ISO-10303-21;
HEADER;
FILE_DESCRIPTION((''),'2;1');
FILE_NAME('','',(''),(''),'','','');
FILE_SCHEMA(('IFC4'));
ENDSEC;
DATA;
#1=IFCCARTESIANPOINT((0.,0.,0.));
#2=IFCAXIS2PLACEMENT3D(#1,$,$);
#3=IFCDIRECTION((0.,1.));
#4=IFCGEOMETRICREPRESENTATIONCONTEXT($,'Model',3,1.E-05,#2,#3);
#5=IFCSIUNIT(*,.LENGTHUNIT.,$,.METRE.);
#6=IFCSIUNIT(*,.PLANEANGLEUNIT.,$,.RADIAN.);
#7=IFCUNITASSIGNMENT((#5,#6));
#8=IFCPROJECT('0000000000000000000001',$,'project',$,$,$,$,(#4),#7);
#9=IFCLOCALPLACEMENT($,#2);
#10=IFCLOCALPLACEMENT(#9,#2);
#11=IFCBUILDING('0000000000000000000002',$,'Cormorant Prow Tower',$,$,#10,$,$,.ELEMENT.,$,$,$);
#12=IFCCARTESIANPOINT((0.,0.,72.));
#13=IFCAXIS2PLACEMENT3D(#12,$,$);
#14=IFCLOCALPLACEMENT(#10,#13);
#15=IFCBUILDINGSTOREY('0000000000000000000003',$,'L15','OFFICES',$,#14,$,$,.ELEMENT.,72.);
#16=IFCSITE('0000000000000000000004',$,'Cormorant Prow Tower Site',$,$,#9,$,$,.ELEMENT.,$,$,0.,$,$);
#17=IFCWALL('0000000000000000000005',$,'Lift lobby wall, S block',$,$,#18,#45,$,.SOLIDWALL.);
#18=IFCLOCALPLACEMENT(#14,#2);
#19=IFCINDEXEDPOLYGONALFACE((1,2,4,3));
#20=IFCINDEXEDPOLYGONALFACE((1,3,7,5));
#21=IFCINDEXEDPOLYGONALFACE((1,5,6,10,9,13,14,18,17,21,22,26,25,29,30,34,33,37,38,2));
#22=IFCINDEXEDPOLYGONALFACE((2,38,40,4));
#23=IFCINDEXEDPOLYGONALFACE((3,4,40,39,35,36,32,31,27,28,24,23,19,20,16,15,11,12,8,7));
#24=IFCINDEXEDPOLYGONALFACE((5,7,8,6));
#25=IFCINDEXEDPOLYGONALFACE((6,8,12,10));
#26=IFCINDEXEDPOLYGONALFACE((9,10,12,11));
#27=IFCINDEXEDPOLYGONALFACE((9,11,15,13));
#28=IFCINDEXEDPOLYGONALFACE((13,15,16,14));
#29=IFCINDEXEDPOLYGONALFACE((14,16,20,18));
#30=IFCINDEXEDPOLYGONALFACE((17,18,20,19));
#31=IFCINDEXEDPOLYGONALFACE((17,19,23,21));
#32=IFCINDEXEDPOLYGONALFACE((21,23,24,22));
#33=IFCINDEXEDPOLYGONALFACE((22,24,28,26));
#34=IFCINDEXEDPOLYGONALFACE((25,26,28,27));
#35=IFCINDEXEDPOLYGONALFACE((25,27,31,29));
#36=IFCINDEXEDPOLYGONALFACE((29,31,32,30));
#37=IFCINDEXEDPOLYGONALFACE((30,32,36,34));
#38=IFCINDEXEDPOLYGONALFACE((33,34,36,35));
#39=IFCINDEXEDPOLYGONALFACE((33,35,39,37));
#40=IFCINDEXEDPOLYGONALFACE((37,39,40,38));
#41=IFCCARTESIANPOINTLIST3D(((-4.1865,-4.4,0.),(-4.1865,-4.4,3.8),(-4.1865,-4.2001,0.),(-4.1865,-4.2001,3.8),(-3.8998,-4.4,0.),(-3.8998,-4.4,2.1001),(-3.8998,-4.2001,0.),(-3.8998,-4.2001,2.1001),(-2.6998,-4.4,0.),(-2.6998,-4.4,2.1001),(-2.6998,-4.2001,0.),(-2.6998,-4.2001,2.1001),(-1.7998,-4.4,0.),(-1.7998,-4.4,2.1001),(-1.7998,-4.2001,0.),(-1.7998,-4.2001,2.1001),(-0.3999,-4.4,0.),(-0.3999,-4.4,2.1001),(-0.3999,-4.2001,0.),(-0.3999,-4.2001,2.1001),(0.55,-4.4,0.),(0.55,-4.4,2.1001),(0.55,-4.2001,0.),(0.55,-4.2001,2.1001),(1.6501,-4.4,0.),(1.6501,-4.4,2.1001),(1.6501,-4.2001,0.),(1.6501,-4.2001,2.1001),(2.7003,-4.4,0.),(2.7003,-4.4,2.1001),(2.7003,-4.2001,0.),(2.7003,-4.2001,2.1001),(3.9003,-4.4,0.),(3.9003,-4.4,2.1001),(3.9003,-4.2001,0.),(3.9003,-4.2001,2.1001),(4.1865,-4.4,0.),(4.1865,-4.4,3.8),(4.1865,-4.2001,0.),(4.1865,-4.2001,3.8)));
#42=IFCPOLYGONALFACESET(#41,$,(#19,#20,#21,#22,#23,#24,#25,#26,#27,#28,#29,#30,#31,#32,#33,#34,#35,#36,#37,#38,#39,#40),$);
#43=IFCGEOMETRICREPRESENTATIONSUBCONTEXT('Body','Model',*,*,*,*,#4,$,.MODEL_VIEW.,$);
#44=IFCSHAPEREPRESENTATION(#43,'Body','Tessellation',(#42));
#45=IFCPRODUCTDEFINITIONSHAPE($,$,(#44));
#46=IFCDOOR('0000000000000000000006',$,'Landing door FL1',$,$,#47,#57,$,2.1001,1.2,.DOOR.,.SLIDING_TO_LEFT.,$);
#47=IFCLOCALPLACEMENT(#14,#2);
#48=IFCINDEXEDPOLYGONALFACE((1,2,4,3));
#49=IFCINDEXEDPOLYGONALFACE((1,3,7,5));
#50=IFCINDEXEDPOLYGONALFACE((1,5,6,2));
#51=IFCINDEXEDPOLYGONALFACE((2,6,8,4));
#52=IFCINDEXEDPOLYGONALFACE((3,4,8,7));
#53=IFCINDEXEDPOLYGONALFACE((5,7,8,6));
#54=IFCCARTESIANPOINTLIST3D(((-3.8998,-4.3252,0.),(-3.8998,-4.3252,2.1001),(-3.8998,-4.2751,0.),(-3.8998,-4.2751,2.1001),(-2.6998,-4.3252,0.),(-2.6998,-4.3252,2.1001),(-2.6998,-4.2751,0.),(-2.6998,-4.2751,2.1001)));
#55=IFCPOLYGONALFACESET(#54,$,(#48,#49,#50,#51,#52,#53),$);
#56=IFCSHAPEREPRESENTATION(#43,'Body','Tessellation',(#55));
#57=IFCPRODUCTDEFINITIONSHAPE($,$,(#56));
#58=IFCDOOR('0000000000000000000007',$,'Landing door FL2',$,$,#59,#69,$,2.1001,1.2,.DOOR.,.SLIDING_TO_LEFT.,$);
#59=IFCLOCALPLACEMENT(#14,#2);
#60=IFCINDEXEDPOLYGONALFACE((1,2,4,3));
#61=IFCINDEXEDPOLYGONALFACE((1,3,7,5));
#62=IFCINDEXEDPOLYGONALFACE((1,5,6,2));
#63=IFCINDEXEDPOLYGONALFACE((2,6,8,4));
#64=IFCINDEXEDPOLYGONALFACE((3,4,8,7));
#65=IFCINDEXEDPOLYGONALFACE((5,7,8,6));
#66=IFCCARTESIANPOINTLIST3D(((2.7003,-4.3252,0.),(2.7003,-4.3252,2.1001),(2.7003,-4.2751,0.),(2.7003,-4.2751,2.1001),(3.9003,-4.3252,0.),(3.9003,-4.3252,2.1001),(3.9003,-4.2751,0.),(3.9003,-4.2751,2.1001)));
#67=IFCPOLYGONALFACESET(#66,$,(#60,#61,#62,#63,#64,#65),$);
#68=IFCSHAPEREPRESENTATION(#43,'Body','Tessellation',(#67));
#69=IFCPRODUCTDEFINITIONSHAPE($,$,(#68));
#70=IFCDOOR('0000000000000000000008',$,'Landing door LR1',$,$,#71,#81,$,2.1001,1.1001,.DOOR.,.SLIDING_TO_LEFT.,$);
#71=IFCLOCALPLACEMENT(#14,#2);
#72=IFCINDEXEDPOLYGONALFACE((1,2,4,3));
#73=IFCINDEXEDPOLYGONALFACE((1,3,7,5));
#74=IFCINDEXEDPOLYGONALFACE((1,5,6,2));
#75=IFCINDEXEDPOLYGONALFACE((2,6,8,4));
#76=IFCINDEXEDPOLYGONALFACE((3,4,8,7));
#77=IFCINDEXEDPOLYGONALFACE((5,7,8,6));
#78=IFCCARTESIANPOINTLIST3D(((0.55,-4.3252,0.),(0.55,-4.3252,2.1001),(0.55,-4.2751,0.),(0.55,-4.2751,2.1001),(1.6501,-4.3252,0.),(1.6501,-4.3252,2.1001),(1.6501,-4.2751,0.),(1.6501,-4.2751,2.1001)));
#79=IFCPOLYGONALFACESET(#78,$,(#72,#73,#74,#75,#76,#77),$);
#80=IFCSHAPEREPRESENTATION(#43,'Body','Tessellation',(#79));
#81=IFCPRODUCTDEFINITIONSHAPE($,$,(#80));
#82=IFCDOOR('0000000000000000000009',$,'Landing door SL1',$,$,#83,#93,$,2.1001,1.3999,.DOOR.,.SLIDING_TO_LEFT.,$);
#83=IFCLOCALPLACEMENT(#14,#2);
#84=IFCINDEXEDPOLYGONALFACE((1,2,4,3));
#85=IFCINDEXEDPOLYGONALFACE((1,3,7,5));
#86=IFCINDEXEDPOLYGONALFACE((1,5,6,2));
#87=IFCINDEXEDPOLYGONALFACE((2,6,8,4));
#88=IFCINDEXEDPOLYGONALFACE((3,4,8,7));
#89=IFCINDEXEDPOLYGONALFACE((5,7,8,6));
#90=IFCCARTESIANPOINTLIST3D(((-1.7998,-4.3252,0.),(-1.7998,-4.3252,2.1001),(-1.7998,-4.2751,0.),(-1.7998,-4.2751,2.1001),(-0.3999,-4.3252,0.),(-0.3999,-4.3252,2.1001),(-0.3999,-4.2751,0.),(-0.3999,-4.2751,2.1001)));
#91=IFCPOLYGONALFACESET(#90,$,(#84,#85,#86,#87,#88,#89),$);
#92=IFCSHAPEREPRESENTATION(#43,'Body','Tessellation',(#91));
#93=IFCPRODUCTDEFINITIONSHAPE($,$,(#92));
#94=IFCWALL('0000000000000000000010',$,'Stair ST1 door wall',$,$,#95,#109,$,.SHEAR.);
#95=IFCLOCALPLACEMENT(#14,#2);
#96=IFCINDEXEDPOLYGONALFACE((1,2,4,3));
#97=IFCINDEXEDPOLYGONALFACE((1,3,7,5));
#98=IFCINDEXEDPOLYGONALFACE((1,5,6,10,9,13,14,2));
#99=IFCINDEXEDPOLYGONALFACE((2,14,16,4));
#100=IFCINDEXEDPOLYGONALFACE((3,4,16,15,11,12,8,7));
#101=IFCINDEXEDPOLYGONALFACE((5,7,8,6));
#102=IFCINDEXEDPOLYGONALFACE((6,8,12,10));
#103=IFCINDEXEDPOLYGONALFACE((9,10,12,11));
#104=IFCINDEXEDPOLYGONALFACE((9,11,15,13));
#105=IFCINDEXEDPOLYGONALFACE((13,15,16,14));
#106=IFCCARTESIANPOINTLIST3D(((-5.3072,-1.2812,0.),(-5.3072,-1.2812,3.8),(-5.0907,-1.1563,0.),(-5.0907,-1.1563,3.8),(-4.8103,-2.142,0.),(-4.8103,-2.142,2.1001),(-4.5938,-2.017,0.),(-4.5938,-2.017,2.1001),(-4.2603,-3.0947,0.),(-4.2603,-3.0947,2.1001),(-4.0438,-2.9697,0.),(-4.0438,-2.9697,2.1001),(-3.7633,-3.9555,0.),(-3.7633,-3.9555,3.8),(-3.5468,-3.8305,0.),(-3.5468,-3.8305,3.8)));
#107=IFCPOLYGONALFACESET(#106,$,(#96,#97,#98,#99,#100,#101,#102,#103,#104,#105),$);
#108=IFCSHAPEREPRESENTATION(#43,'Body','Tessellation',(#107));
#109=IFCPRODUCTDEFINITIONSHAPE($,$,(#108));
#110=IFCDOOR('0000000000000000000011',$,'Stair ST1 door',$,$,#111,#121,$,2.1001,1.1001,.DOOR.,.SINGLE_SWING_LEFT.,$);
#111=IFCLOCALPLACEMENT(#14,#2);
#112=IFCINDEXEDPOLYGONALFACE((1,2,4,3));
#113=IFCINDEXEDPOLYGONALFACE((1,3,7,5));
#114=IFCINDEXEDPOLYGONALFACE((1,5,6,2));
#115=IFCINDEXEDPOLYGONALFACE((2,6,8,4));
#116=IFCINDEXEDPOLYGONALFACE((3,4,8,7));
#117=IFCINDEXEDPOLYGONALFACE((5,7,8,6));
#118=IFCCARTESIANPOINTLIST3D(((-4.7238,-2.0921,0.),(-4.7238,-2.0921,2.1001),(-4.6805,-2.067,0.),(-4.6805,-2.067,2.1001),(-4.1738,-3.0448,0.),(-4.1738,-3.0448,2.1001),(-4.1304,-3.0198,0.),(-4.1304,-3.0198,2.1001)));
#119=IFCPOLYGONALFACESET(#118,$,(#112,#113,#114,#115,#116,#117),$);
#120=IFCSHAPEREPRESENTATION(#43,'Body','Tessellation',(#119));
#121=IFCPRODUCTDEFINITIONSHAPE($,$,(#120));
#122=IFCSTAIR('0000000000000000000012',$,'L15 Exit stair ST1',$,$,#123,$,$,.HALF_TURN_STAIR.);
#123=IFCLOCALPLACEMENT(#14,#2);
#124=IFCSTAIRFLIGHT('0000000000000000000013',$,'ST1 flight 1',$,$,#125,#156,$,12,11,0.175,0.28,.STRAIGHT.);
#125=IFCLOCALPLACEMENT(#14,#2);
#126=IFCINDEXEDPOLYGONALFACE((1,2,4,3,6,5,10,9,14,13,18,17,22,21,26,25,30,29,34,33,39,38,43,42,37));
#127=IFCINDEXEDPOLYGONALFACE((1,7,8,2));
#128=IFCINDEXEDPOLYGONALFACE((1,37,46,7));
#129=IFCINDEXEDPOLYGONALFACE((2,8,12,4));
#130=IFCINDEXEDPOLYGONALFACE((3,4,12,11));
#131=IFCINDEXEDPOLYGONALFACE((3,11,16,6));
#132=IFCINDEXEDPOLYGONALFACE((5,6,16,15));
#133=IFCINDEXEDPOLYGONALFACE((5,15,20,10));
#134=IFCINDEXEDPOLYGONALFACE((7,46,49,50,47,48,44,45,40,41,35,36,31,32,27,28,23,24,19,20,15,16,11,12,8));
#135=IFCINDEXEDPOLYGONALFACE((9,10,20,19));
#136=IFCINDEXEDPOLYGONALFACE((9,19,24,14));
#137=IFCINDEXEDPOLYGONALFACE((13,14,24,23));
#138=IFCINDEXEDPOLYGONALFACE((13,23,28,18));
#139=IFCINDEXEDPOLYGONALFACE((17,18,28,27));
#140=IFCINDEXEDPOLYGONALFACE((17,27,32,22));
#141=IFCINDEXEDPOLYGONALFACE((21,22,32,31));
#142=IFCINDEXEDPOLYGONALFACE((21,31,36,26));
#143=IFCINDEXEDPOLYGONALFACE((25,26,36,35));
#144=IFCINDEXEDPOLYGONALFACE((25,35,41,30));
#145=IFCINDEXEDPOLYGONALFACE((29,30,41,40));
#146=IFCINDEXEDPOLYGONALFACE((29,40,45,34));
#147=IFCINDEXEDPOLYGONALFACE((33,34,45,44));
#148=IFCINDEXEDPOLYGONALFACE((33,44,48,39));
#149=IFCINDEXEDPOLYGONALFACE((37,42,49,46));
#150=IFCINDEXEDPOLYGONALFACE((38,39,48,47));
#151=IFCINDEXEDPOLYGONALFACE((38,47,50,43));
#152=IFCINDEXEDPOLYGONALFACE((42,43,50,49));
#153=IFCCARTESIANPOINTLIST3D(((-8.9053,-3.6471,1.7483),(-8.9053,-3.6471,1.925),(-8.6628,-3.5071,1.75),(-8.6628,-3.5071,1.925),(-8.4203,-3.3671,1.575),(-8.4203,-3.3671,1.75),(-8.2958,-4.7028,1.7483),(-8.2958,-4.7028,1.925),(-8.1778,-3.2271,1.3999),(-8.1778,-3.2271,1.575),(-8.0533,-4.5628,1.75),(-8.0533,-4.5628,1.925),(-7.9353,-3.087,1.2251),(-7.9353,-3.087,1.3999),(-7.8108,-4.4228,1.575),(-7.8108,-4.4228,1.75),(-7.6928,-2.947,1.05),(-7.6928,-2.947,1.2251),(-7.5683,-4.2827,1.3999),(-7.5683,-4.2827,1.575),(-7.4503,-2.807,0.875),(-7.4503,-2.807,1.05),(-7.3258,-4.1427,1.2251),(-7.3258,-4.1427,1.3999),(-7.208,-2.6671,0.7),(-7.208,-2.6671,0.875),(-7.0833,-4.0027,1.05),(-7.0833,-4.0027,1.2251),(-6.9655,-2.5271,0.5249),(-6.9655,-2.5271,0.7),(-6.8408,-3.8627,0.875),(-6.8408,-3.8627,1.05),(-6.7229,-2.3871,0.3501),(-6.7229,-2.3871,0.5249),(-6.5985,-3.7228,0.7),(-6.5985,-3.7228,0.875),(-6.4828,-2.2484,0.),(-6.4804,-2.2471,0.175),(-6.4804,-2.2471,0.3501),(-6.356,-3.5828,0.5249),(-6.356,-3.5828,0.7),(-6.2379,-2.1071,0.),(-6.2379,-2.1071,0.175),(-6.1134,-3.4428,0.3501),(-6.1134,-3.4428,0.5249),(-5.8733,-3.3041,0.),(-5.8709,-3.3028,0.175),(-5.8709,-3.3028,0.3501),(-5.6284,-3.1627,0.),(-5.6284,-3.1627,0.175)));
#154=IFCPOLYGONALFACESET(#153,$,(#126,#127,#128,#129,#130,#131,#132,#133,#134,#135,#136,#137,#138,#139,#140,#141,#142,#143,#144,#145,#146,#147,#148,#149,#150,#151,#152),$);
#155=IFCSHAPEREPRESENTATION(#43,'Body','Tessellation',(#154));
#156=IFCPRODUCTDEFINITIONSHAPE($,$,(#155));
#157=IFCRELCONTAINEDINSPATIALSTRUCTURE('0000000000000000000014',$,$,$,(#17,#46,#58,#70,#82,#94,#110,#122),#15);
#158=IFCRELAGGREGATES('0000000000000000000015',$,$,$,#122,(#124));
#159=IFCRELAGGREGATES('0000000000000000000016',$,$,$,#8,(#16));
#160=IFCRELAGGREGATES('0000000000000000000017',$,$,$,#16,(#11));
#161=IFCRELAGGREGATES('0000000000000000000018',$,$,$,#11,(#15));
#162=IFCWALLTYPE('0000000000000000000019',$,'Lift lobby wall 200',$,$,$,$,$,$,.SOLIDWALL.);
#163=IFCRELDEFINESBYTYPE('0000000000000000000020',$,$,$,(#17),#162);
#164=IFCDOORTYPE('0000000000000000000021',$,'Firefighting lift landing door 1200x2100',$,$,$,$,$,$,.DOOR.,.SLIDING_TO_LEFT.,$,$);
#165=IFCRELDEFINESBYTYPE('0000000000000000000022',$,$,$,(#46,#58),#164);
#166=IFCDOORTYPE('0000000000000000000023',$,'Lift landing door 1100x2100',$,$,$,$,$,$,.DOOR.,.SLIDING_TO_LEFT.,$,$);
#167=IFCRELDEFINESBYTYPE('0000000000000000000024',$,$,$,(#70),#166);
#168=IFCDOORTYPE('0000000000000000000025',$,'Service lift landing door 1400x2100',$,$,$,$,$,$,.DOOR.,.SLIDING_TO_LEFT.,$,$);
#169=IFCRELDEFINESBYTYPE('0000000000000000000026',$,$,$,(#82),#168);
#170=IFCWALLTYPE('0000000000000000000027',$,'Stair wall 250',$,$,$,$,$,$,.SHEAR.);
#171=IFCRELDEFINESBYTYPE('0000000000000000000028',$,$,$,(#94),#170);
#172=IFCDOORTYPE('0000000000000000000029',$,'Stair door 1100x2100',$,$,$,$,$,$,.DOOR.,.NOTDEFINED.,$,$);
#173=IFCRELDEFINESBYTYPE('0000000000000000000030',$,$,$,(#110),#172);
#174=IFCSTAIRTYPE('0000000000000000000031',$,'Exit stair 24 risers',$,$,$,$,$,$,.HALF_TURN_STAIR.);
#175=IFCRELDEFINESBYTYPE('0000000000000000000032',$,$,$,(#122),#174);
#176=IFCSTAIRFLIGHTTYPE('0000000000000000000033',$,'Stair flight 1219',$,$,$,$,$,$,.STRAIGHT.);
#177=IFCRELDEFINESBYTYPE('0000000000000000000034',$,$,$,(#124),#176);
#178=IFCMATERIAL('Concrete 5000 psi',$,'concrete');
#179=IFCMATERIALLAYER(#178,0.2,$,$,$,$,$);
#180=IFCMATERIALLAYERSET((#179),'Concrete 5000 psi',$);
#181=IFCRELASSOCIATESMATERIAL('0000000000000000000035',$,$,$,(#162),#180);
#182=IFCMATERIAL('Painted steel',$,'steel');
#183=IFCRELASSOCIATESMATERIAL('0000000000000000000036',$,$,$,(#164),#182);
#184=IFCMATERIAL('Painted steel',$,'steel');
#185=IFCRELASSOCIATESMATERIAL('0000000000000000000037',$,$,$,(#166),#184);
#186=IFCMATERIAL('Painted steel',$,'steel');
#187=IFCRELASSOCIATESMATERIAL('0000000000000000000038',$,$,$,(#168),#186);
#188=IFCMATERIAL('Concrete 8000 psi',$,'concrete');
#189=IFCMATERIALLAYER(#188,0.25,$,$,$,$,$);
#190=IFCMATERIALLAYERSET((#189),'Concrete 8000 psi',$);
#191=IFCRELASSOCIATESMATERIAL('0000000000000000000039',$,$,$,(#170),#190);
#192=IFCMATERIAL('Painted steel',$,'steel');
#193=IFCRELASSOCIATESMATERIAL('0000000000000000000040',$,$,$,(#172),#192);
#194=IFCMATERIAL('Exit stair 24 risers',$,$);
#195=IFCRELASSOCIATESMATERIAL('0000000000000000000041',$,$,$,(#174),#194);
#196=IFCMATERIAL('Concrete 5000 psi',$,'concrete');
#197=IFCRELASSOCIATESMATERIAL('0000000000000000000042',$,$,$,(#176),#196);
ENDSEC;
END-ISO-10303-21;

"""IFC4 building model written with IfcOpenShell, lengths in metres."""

from ifc_helpers import new_model, si_unit, direction, frame, frame_2d, origin, place, context, subcontext, project, spatial, polyline, rectangle, outline, extrude, material, layer, layer_set, type_object, element, fill, aggregate, save


model = new_model("IFC4")

# Units and contexts
model_context = context("Model", 3, precision=1e-05, world=origin(), true_north=direction((0.0, 1.0)))
body_context = subcontext(model_context, "Body", "Model", "MODEL_VIEW")
ifc_project = project(units=[si_unit("LENGTHUNIT", "METRE"), si_unit("PLANEANGLEUNIT", "RADIAN")], contexts=[model_context])

# Site, building, storey
site_placement = place(None, origin())
site = spatial("IfcSite", under=ifc_project, at=site_placement, Name="Cormorant Prow Tower Site", CompositionType="ELEMENT", RefElevation=0.0)
building_placement = place(site_placement, origin())
building = spatial("IfcBuilding", under=site, at=building_placement, Name="Cormorant Prow Tower", CompositionType="ELEMENT")
storey_placement = place(building_placement, frame((0.0, 0.0, 72.0)))
storey = spatial("IfcBuildingStorey", under=building, at=storey_placement, Name="L15", Description="OFFICES", CompositionType="ELEMENT", Elevation=72.0)

# Wall, openings, doors
ifc_material_1 = material(Name="Concrete 5000 psi", Category="concrete")
ifc_layer_1 = layer(ifc_material_1, 0.2)
ifc_layer_set_1 = layer_set([ifc_layer_1], Name="Concrete 5000 psi")
wall_type_1 = type_object("IfcWallType", Name="Lift lobby wall 200", PredefinedType="SOLIDWALL", material=ifc_layer_set_1)
wall_1_placement = place(storey_placement, frame((-4.1865, -4.3, 0.0), z_axis=(0.0, 0.0, 1.0), x_axis=(1.0, 0.0, 0.0)))
wall_1 = element("IfcWall", 1, at=wall_1_placement, inside=storey, type_object=wall_type_1, Name="Lift lobby wall, S block", PredefinedType="SOLIDWALL", context=body_context, shape_type="SweptSolid", body=[
    extrude(rectangle(XDim=8.373, YDim=0.2, at=frame_2d((4.1865, 0.0))), origin(), (0.0, 0.0, 1.0), 3.8),
])
opening_1_placement = place(wall_1_placement, frame((0.2866, 0.0, 0.0)))
opening_1 = element("IfcOpeningElement", 2, at=opening_1_placement, cuts=wall_1, PredefinedType="OPENING", context=body_context, shape_type="SweptSolid", body=[
    extrude(rectangle(XDim=1.2, YDim=2.1001, at=frame_2d((0.6001, 1.05))), frame((0.0, 0.1099, 0.0), z_axis=(0.0, -1.0, 0.0), x_axis=(1.0, 0.0, 0.0)), (0.0, 0.0, 1.0), 0.22),
])
opening_2_placement = place(wall_1_placement, frame((2.3867, 0.0, 0.0)))
opening_2 = element("IfcOpeningElement", 3, at=opening_2_placement, cuts=wall_1, PredefinedType="OPENING", context=body_context, shape_type="SweptSolid", body=[
    extrude(rectangle(XDim=1.3999, YDim=2.1001, at=frame_2d((0.7, 1.05))), frame((0.0, 0.1099, 0.0), z_axis=(0.0, -1.0, 0.0), x_axis=(1.0, 0.0, 0.0)), (0.0, 0.0, 1.0), 0.22),
])
opening_3_placement = place(wall_1_placement, frame((4.7366, 0.0, 0.0)))
opening_3 = element("IfcOpeningElement", 4, at=opening_3_placement, cuts=wall_1, PredefinedType="OPENING", context=body_context, shape_type="SweptSolid", body=[
    extrude(rectangle(XDim=1.1001, YDim=2.1001, at=frame_2d((0.55, 1.05))), frame((0.0, 0.1099, 0.0), z_axis=(0.0, -1.0, 0.0), x_axis=(1.0, 0.0, 0.0)), (0.0, 0.0, 1.0), 0.22),
])
opening_4_placement = place(wall_1_placement, frame((6.8867, 0.0, 0.0)))
opening_4 = element("IfcOpeningElement", 5, at=opening_4_placement, cuts=wall_1, PredefinedType="OPENING", context=body_context, shape_type="SweptSolid", body=[
    extrude(rectangle(XDim=1.2, YDim=2.1001, at=frame_2d((0.6001, 1.05))), frame((0.0, 0.1099, 0.0), z_axis=(0.0, -1.0, 0.0), x_axis=(1.0, 0.0, 0.0)), (0.0, 0.0, 1.0), 0.22),
])
ifc_material_2 = material(Name="Painted steel", Category="steel")
door_type_1 = type_object("IfcDoorType", Name="Firefighting lift landing door 1200x2100", OperationType="SLIDING_TO_LEFT", PredefinedType="DOOR", material=ifc_material_2)
door_1_placement = place(opening_1_placement, origin())
door_1 = element("IfcDoor", 6, at=door_1_placement, inside=storey, type_object=door_type_1, Name="Landing door FL1", OperationType="SLIDING_TO_LEFT", OverallHeight=2.1001, OverallWidth=1.2, PredefinedType="DOOR", context=body_context, shape_type="SweptSolid", body=[
    extrude(rectangle(XDim=1.2, YDim=2.1001, at=frame_2d((0.6001, 1.05))), frame((0.0, 0.0249, 0.0), z_axis=(0.0, -1.0, 0.0), x_axis=(1.0, 0.0, 0.0)), (0.0, 0.0, 1.0), 0.05),
])
fill(opening_1, door_1)
door_2_placement = place(opening_4_placement, origin())
door_2 = element("IfcDoor", 7, at=door_2_placement, inside=storey, type_object=door_type_1, Name="Landing door FL2", OperationType="SLIDING_TO_LEFT", OverallHeight=2.1001, OverallWidth=1.2, PredefinedType="DOOR", context=body_context, shape_type="SweptSolid", body=[
    extrude(rectangle(XDim=1.2, YDim=2.1001, at=frame_2d((0.6001, 1.05))), frame((0.0, 0.0249, 0.0), z_axis=(0.0, -1.0, 0.0), x_axis=(1.0, 0.0, 0.0)), (0.0, 0.0, 1.0), 0.05),
])
fill(opening_4, door_2)
ifc_material_3 = material(Name="Painted steel", Category="steel")
door_type_2 = type_object("IfcDoorType", Name="Lift landing door 1100x2100", OperationType="SLIDING_TO_LEFT", PredefinedType="DOOR", material=ifc_material_3)
door_3_placement = place(opening_3_placement, origin())
door_3 = element("IfcDoor", 8, at=door_3_placement, inside=storey, type_object=door_type_2, Name="Landing door LR1", OperationType="SLIDING_TO_LEFT", OverallHeight=2.1001, OverallWidth=1.1001, PredefinedType="DOOR", context=body_context, shape_type="SweptSolid", body=[
    extrude(rectangle(XDim=1.1001, YDim=2.1001, at=frame_2d((0.55, 1.05))), frame((0.0, 0.0249, 0.0), z_axis=(0.0, -1.0, 0.0), x_axis=(1.0, 0.0, 0.0)), (0.0, 0.0, 1.0), 0.05),
])
fill(opening_3, door_3)
ifc_material_4 = material(Name="Painted steel", Category="steel")
door_type_3 = type_object("IfcDoorType", Name="Service lift landing door 1400x2100", OperationType="SLIDING_TO_LEFT", PredefinedType="DOOR", material=ifc_material_4)
door_4_placement = place(opening_2_placement, origin())
door_4 = element("IfcDoor", 9, at=door_4_placement, inside=storey, type_object=door_type_3, Name="Landing door SL1", OperationType="SLIDING_TO_LEFT", OverallHeight=2.1001, OverallWidth=1.3999, PredefinedType="DOOR", context=body_context, shape_type="SweptSolid", body=[
    extrude(rectangle(XDim=1.3999, YDim=2.1001, at=frame_2d((0.7, 1.05))), frame((0.0, 0.0249, 0.0), z_axis=(0.0, -1.0, 0.0), x_axis=(1.0, 0.0, 0.0)), (0.0, 0.0, 1.0), 0.05),
])
fill(opening_2, door_4)

# Wall, opening, door
ifc_material_5 = material(Name="Concrete 8000 psi", Category="concrete")
ifc_layer_2 = layer(ifc_material_5, 0.25)
ifc_layer_set_2 = layer_set([ifc_layer_2], Name="Concrete 8000 psi")
wall_type_2 = type_object("IfcWallType", Name="Stair wall 250", PredefinedType="SHEAR", material=ifc_layer_set_2)
wall_2_placement = place(storey_placement, frame((-5.199, -1.2188, 0.0), z_axis=(0.0, 0.0, 1.0), x_axis=(0.499983, -0.866035, 0.0)))
wall_2 = element("IfcWall", 10, at=wall_2_placement, inside=storey, type_object=wall_type_2, Name="Stair ST1 door wall", PredefinedType="SHEAR", context=body_context, shape_type="SweptSolid", body=[
    extrude(rectangle(XDim=3.0879, YDim=0.25, at=frame_2d((1.5439, 0.0))), origin(), (0.0, 0.0, 1.0), 3.8),
])
opening_5_placement = place(wall_2_placement, frame((0.9939, 0.0, 0.0)))
opening_5 = element("IfcOpeningElement", 11, at=opening_5_placement, cuts=wall_2, PredefinedType="OPENING", context=body_context, shape_type="SweptSolid", body=[
    extrude(rectangle(XDim=1.1001, YDim=2.1001, at=frame_2d((0.55, 1.05))), frame((0.0, 0.135, 0.0), z_axis=(0.0, -1.0, 0.0), x_axis=(1.0, 0.0, 0.0)), (0.0, 0.0, 1.0), 0.27),
])
ifc_material_6 = material(Name="Painted steel", Category="steel")
door_type_4 = type_object("IfcDoorType", Name="Stair door 1100x2100", OperationType="NOTDEFINED", PredefinedType="DOOR", material=ifc_material_6)
door_5_placement = place(opening_5_placement, origin())
door_5 = element("IfcDoor", 12, at=door_5_placement, inside=storey, type_object=door_type_4, Name="Stair ST1 door", OperationType="SINGLE_SWING_LEFT", OverallHeight=2.1001, OverallWidth=1.1001, PredefinedType="DOOR", context=body_context, shape_type="SweptSolid", body=[
    extrude(rectangle(XDim=1.1001, YDim=2.1001, at=frame_2d((0.55, 1.05))), frame((0.0, 0.0249, 0.0), z_axis=(0.0, -1.0, 0.0), x_axis=(1.0, 0.0, 0.0)), (0.0, 0.0, 1.0), 0.05),
])
fill(opening_5, door_5)

# Stair, stair flight
ifc_material_7 = material(Name="Exit stair 24 risers")
stair_type = type_object("IfcStairType", Name="Exit stair 24 risers", PredefinedType="HALF_TURN_STAIR", material=ifc_material_7)
stair_placement = place(storey_placement, origin())
stair = element("IfcStair", 13, at=stair_placement, inside=storey, type_object=stair_type, Name="L15 Exit stair ST1", PredefinedType="HALF_TURN_STAIR")
ifc_material_8 = material(Name="Concrete 5000 psi", Category="concrete")
stair_flight_type = type_object("IfcStairFlightType", Name="Stair flight 1219", PredefinedType="STRAIGHT", material=ifc_material_8)
stair_flight_placement = place(storey_placement, frame((-5.9331, -2.635, 0.0), z_axis=(0.0, 0.0, 1.0), x_axis=(-0.866025, -0.5, 0.0)))
stair_flight = element("IfcStairFlight", 14, at=stair_flight_placement, type_object=stair_flight_type, Name="ST1 flight 1", NumberOfRisers=12, NumberOfTreads=11, PredefinedType="STRAIGHT", RiserHeight=0.175, TreadLength=0.28, context=body_context, shape_type="SweptSolid", body=[
    extrude(outline(polyline([(0.0, 0.0), (0.0, 0.175), (0.28, 0.175), (0.28, 0.3501), (0.5601, 0.3501), (0.5601, 0.5249), (0.8401, 0.5249), (0.8401, 0.7), (1.1201, 0.7), (1.1201, 0.875), (1.3999, 0.875), (1.3999, 1.05), (1.6799, 1.05), (1.6799, 1.2251), (1.96, 1.2251), (1.96, 1.3999), (2.24, 1.3999), (2.24, 1.575), (2.52, 1.575), (2.52, 1.75), (2.8, 1.75), (2.8, 1.925), (3.0801, 1.925), (3.0801, 2.1001), (3.0801, 1.7483), (0.2827, 0.0), (0.0, 0.0)])), frame((0.0, 0.6094, 0.0), z_axis=(0.0, -1.0, 0.0), x_axis=(1.0, 0.0, 0.0)), (0.0, 0.0, 1.0), 1.219),
])
aggregate(stair, [stair_flight])

save(model, "model.ifc")
